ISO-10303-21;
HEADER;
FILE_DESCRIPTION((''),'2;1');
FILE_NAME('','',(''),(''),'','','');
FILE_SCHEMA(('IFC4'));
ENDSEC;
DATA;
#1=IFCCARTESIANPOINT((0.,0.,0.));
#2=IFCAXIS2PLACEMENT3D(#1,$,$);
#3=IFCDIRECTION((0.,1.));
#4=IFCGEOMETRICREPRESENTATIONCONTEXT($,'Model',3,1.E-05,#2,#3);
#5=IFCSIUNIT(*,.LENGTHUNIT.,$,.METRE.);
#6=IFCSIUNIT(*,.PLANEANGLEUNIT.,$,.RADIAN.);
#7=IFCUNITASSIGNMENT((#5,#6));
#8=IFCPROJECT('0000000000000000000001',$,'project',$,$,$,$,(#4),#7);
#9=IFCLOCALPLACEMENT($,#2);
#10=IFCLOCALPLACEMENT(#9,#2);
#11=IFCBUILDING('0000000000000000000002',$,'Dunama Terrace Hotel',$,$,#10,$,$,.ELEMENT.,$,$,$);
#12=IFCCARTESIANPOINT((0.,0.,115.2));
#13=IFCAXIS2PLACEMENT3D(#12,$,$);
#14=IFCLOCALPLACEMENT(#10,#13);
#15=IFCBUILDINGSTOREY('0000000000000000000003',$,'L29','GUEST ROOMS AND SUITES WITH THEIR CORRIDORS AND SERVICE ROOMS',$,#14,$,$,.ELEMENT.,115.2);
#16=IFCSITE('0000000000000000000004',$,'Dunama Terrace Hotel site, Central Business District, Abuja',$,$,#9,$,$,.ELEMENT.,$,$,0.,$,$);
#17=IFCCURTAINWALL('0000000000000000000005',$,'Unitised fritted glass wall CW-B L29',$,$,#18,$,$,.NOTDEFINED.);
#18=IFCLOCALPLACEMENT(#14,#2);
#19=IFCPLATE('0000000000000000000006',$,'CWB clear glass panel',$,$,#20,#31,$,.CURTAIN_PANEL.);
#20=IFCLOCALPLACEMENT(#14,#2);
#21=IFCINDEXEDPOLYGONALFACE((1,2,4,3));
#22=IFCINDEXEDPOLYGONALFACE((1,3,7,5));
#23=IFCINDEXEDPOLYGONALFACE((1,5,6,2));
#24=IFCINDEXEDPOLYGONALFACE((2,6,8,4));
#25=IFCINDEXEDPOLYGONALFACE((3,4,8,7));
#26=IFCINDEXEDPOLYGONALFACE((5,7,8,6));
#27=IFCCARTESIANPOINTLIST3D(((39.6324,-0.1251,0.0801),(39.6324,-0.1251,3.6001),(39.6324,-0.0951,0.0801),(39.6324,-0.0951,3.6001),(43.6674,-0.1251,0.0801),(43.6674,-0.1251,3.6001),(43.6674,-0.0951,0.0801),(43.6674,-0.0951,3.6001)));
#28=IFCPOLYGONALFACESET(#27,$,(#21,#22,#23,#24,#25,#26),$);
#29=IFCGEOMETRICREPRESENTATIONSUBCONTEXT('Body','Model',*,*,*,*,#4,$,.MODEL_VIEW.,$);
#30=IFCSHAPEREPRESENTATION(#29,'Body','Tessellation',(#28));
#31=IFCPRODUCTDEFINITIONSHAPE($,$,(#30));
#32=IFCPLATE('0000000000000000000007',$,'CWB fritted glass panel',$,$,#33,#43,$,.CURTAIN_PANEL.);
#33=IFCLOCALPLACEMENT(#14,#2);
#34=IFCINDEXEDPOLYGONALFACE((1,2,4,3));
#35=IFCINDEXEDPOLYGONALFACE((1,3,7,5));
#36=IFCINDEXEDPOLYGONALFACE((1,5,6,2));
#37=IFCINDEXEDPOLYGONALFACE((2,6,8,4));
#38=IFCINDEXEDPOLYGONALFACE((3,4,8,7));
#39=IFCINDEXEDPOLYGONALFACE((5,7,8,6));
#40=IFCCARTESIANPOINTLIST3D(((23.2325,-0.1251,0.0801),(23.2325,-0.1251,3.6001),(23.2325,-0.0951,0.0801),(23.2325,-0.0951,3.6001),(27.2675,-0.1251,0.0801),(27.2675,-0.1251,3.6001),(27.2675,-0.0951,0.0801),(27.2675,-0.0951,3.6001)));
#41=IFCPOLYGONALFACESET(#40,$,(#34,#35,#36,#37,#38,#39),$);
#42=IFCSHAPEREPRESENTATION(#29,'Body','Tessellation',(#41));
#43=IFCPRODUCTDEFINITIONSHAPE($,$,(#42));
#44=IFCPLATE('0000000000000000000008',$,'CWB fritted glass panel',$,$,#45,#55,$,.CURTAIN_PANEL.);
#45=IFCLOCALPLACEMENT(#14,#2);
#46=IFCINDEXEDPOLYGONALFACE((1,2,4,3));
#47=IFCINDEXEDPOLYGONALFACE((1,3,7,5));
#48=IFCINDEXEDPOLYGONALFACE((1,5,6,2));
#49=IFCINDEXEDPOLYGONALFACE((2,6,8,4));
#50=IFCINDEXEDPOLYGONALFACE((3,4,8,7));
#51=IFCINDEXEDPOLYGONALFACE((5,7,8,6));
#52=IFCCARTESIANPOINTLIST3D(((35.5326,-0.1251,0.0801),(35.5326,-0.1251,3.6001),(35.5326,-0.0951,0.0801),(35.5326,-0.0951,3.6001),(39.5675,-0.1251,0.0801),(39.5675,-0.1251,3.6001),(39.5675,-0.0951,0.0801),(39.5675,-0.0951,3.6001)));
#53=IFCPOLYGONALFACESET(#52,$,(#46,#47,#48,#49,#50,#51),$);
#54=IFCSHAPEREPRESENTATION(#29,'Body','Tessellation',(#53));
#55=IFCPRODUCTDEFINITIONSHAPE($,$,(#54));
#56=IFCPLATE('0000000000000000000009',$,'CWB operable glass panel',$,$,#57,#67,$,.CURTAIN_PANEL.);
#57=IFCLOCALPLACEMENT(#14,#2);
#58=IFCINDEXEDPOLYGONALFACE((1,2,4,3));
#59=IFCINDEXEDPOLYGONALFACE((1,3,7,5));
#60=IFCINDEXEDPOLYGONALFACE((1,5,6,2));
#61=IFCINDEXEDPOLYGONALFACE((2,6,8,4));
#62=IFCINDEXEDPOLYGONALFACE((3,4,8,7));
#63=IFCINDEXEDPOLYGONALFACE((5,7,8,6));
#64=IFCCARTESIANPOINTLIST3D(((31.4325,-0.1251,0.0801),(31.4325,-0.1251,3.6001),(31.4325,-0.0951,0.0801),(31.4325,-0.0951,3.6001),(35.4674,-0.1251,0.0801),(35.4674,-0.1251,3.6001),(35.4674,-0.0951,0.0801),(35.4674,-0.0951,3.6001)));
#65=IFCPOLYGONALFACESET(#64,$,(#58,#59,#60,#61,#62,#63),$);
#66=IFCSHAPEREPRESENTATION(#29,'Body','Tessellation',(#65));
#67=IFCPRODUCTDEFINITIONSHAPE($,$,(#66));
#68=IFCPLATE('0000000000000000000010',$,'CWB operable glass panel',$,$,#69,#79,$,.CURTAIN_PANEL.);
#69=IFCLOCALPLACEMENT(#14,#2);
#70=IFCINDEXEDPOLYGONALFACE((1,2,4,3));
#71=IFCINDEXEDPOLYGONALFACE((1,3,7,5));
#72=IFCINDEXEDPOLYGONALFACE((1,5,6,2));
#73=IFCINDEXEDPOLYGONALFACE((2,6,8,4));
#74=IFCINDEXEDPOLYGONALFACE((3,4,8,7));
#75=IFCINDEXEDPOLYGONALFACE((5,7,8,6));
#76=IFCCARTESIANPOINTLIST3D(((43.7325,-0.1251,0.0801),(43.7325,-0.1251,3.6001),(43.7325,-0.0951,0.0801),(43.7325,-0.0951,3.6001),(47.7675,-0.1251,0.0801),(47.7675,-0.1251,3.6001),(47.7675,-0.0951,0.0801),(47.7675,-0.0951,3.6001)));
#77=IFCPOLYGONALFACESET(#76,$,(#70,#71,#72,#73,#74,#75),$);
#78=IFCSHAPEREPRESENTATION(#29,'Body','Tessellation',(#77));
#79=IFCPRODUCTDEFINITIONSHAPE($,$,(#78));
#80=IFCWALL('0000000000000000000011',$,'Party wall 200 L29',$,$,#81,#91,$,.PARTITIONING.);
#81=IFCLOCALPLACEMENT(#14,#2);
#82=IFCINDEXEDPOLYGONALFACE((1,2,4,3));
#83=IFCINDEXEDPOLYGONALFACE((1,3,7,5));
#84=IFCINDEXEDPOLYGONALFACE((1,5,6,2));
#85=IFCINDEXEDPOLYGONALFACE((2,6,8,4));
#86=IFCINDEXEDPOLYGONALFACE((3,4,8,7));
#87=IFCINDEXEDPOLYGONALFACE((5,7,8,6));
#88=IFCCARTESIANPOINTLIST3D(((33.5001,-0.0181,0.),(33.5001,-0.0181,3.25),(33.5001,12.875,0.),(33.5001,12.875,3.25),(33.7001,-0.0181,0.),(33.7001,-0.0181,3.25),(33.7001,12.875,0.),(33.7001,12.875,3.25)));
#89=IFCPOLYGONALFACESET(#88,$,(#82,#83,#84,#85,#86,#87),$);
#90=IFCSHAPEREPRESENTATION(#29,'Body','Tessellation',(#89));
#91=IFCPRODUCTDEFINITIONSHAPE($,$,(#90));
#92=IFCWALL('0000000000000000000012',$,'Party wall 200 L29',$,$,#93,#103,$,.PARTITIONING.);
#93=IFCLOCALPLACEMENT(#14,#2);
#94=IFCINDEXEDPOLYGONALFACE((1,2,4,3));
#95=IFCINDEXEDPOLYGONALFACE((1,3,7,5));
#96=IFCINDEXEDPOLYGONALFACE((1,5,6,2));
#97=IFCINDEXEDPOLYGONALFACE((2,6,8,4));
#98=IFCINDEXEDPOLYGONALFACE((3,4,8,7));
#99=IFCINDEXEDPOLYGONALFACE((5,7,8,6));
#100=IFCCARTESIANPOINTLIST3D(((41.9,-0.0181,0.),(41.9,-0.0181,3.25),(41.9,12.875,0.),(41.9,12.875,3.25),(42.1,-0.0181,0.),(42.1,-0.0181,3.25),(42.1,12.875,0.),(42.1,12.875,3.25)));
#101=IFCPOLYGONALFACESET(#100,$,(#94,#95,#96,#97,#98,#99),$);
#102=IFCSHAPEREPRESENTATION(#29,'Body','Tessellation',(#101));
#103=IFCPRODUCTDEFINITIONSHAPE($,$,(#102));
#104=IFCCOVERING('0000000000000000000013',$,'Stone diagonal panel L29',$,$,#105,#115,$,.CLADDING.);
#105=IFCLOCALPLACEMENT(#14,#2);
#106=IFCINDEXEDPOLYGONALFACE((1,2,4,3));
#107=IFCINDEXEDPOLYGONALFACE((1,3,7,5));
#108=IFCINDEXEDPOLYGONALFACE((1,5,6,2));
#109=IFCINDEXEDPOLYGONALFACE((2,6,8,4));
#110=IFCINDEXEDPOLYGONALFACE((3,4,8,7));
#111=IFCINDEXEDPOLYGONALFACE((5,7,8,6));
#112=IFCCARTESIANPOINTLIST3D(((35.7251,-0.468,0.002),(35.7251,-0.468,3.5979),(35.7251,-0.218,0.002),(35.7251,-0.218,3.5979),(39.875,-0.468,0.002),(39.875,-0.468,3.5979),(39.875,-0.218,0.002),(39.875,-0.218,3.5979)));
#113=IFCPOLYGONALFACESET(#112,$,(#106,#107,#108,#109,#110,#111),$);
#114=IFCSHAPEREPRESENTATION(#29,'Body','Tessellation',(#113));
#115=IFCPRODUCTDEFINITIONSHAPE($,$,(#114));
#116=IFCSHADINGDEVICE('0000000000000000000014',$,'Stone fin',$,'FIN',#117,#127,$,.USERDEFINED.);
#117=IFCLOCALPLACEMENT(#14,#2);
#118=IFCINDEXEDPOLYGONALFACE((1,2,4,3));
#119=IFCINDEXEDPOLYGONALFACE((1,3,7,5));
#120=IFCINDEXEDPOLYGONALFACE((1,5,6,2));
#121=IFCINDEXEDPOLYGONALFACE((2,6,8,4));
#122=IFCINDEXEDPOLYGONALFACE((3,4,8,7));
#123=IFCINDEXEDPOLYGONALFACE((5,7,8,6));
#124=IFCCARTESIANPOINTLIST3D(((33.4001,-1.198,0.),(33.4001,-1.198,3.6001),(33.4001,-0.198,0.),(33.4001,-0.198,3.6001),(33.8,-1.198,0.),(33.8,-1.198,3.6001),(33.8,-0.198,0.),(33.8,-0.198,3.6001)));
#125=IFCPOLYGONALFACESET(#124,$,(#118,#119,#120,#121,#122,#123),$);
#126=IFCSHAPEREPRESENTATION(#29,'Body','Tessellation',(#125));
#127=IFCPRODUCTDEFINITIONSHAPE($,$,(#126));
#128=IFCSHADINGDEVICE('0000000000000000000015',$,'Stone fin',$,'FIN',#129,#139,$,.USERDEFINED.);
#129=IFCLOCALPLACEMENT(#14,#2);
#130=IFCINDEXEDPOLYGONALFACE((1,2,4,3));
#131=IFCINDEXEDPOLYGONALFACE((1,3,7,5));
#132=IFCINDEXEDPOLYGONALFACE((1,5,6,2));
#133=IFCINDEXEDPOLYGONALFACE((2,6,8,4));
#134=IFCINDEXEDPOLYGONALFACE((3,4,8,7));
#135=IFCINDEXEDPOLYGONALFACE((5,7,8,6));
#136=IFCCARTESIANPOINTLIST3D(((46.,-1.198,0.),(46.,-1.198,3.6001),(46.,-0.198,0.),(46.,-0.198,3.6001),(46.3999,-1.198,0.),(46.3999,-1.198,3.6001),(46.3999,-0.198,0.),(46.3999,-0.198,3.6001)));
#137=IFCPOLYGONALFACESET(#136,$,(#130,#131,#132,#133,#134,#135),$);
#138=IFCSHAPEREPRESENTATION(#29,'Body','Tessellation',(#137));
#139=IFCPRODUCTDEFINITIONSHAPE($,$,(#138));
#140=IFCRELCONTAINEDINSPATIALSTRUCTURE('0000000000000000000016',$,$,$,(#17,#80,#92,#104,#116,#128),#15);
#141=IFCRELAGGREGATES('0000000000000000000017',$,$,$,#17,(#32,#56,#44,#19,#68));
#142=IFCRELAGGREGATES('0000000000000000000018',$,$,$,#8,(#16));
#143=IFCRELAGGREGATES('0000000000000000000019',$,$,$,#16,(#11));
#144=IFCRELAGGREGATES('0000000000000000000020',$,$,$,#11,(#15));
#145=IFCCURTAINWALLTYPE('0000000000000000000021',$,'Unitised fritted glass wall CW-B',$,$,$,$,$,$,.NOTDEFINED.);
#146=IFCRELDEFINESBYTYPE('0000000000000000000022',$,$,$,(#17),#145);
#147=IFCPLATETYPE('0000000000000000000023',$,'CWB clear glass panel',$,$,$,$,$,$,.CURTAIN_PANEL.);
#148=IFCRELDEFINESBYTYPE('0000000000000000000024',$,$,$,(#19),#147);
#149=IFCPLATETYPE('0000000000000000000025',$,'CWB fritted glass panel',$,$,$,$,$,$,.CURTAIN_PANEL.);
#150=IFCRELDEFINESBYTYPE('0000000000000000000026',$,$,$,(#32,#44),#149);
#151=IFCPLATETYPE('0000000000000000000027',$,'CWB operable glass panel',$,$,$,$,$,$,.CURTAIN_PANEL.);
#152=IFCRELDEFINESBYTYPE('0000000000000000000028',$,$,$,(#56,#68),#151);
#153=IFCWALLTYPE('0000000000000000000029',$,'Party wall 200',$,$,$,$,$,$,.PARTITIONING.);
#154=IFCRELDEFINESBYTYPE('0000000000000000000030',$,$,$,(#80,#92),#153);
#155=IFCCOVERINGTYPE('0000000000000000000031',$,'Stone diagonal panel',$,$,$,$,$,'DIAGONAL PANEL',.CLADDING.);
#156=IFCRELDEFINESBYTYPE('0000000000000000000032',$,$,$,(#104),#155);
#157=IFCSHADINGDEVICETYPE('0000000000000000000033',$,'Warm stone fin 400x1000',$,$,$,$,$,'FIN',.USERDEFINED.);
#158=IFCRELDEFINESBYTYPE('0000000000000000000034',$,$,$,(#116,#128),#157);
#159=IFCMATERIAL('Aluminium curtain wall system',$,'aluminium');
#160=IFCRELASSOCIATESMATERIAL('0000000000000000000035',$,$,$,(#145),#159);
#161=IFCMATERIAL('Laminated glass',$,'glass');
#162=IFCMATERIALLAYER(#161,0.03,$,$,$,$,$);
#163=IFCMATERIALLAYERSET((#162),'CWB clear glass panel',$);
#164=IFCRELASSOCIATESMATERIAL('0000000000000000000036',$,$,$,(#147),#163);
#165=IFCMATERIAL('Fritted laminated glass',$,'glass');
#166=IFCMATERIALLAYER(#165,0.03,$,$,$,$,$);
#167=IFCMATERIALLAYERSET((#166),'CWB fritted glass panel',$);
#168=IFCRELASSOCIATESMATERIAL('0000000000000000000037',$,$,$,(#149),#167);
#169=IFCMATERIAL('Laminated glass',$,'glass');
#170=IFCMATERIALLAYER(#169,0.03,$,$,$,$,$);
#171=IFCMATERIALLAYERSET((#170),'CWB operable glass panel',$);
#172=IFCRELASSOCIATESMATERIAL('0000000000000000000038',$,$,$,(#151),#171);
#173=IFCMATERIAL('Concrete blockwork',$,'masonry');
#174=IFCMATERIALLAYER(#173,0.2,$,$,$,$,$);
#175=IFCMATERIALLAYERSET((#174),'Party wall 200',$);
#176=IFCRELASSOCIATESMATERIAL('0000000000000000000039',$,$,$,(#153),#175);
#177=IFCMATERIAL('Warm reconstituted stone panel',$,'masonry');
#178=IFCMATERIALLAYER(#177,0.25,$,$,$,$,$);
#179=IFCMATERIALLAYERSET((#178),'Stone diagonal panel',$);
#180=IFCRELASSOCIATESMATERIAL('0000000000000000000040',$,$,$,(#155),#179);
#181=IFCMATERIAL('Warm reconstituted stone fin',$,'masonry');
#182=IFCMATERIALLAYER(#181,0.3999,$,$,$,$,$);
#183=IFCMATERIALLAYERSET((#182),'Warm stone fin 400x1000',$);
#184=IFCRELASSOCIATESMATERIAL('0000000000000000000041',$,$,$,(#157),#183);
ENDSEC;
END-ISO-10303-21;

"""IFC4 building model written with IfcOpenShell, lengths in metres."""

from ifc_helpers import new_model, si_unit, direction, frame, frame_2d, origin, origin_2d, place, context, subcontext, project, spatial, rectangle, extrude, material, layer, layer_set, type_object, element, aggregate, save


model = new_model("IFC4")

# Units and contexts
model_context = context("Model", 3, precision=1e-05, world=origin(), true_north=direction((0.0, 1.0)))
body_context = subcontext(model_context, "Body", "Model", "MODEL_VIEW")
ifc_project = project(units=[si_unit("LENGTHUNIT", "METRE"), si_unit("PLANEANGLEUNIT", "RADIAN")], contexts=[model_context])

# Site, building, storey
site_placement = place(None, origin())
site = spatial("IfcSite", under=ifc_project, at=site_placement, Name="Dunama Terrace Hotel site, Central Business District, Abuja", CompositionType="ELEMENT", RefElevation=0.0)
building_placement = place(site_placement, origin())
building = spatial("IfcBuilding", under=site, at=building_placement, Name="Dunama Terrace Hotel", CompositionType="ELEMENT")
storey_placement = place(building_placement, frame((0.0, 0.0, 115.2)))
storey = spatial("IfcBuildingStorey", under=building, at=storey_placement, Name="L29", Description="GUEST ROOMS AND SUITES WITH THEIR CORRIDORS AND SERVICE ROOMS", CompositionType="ELEMENT", Elevation=115.2)

# Curtain wall
ifc_material_1 = material(Name="Aluminium curtain wall system", Category="aluminium")
curtain_wall_type = type_object("IfcCurtainWallType", Name="Unitised fritted glass wall CW-B", PredefinedType="NOTDEFINED", material=ifc_material_1)
curtain_wall_placement = place(storey_placement, origin())
curtain_wall = element("IfcCurtainWall", 1, at=curtain_wall_placement, inside=storey, type_object=curtain_wall_type, Name="Unitised fritted glass wall CW-B L29", PredefinedType="NOTDEFINED")

# Plates
ifc_material_2 = material(Name="Laminated glass", Category="glass")
ifc_layer_1 = layer(ifc_material_2, 0.03)
ifc_layer_set_1 = layer_set([ifc_layer_1], Name="CWB clear glass panel")
plate_type_1 = type_object("IfcPlateType", Name="CWB clear glass panel", PredefinedType="CURTAIN_PANEL", material=ifc_layer_set_1)
plate_1_placement = place(storey_placement, frame((41.6499, -0.1101, 0.0801), z_axis=(0.0, 0.0, 1.0), x_axis=(1.0, 0.0, 0.0)))
plate_1 = element("IfcPlate", 2, at=plate_1_placement, type_object=plate_type_1, Name="CWB clear glass panel", PredefinedType="CURTAIN_PANEL", context=body_context, shape_type="SweptSolid", body=[
    extrude(rectangle(XDim=4.0349, YDim=0.03, at=origin_2d()), origin(), (0.0, 0.0, 1.0), 3.52),
])
ifc_material_3 = material(Name="Fritted laminated glass", Category="glass")
ifc_layer_2 = layer(ifc_material_3, 0.03)
ifc_layer_set_2 = layer_set([ifc_layer_2], Name="CWB fritted glass panel")
plate_type_2 = type_object("IfcPlateType", Name="CWB fritted glass panel", PredefinedType="CURTAIN_PANEL", material=ifc_layer_set_2)
plate_2_placement = place(storey_placement, frame((25.25, -0.1101, 0.0801), z_axis=(0.0, 0.0, 1.0), x_axis=(1.0, 0.0, 0.0)))
plate_2 = element("IfcPlate", 3, at=plate_2_placement, type_object=plate_type_2, Name="CWB fritted glass panel", PredefinedType="CURTAIN_PANEL", context=body_context, shape_type="SweptSolid", body=[
    extrude(rectangle(XDim=4.0349, YDim=0.03, at=origin_2d()), origin(), (0.0, 0.0, 1.0), 3.52),
])
plate_3_placement = place(storey_placement, frame((37.55, -0.1101, 0.0801), z_axis=(0.0, 0.0, 1.0), x_axis=(1.0, 0.0, 0.0)))
plate_3 = element("IfcPlate", 4, at=plate_3_placement, type_object=plate_type_2, Name="CWB fritted glass panel", PredefinedType="CURTAIN_PANEL", context=body_context, shape_type="SweptSolid", body=[
    extrude(rectangle(XDim=4.0349, YDim=0.03, at=origin_2d()), origin(), (0.0, 0.0, 1.0), 3.52),
])
ifc_material_4 = material(Name="Laminated glass", Category="glass")
ifc_layer_3 = layer(ifc_material_4, 0.03)
ifc_layer_set_3 = layer_set([ifc_layer_3], Name="CWB operable glass panel")
plate_type_3 = type_object("IfcPlateType", Name="CWB operable glass panel", PredefinedType="CURTAIN_PANEL", material=ifc_layer_set_3)
plate_4_placement = place(storey_placement, frame((33.45, -0.1101, 0.0801), z_axis=(0.0, 0.0, 1.0), x_axis=(1.0, 0.0, 0.0)))
plate_4 = element("IfcPlate", 5, at=plate_4_placement, type_object=plate_type_3, Name="CWB operable glass panel", PredefinedType="CURTAIN_PANEL", context=body_context, shape_type="SweptSolid", body=[
    extrude(rectangle(XDim=4.0349, YDim=0.03, at=origin_2d()), origin(), (0.0, 0.0, 1.0), 3.52),
])
plate_5_placement = place(storey_placement, frame((45.75, -0.1101, 0.0801), z_axis=(0.0, 0.0, 1.0), x_axis=(1.0, 0.0, 0.0)))
plate_5 = element("IfcPlate", 6, at=plate_5_placement, type_object=plate_type_3, Name="CWB operable glass panel", PredefinedType="CURTAIN_PANEL", context=body_context, shape_type="SweptSolid", body=[
    extrude(rectangle(XDim=4.0349, YDim=0.03, at=origin_2d()), origin(), (0.0, 0.0, 1.0), 3.52),
])
aggregate(curtain_wall, [plate_2, plate_4, plate_3, plate_1, plate_5])

# Walls
ifc_material_5 = material(Name="Concrete blockwork", Category="masonry")
ifc_layer_4 = layer(ifc_material_5, 0.2)
ifc_layer_set_4 = layer_set([ifc_layer_4], Name="Party wall 200")
wall_type = type_object("IfcWallType", Name="Party wall 200", PredefinedType="PARTITIONING", material=ifc_layer_set_4)
for number, where, z_axis, x_axis, name in (
    (7, (33.6001, -0.0181, 0.0), (0.0, 0.0, 1.0), (0.0, 1.0, 0.0), "Party wall 200 L29"),
    (8, (42.0, -0.0181, 0.0), (0.0, 0.0, 1.0), (0.0, 1.0, 0.0), "Party wall 200 L29"),
):
    element("IfcWall", number, at=place(storey_placement, frame(where, z_axis=z_axis, x_axis=x_axis)), inside=storey, type_object=wall_type, Name=name, PredefinedType="PARTITIONING", context=body_context, shape_type="SweptSolid", body=[
        extrude(rectangle(XDim=12.8931, YDim=0.2, at=frame_2d((6.4465, 0.0))), origin(), (0.0, 0.0, 1.0), 3.25),
    ])

# Covering
ifc_material_6 = material(Name="Warm reconstituted stone panel", Category="masonry")
ifc_layer_5 = layer(ifc_material_6, 0.25)
ifc_layer_set_5 = layer_set([ifc_layer_5], Name="Stone diagonal panel")
covering_type = type_object("IfcCoveringType", Name="Stone diagonal panel", ElementType="DIAGONAL PANEL", PredefinedType="CLADDING", material=ifc_layer_set_5)
covering_placement = place(storey_placement, frame((37.8, -0.343, 0.002), z_axis=(0.0, 0.0, 1.0), x_axis=(1.0, 0.0, 0.0)))
element("IfcCovering", 9, at=covering_placement, inside=storey, type_object=covering_type, Name="Stone diagonal panel L29", PredefinedType="CLADDING", context=body_context, shape_type="SweptSolid", body=[
    extrude(rectangle(XDim=4.1499, YDim=0.25, at=origin_2d()), origin(), (0.0, 0.0, 1.0), 3.5959),
])

# Shading devices
ifc_material_7 = material(Name="Warm reconstituted stone fin", Category="masonry")
ifc_layer_6 = layer(ifc_material_7, 0.3999)
ifc_layer_set_6 = layer_set([ifc_layer_6], Name="Warm stone fin 400x1000")
shading_device_type = type_object("IfcShadingDeviceType", Name="Warm stone fin 400x1000", ElementType="FIN", PredefinedType="USERDEFINED", material=ifc_layer_set_6)
for number, where, z_axis, x_axis, name in (
    (10, (33.6001, -0.698, 0.0), (0.0, 0.0, 1.0), (1.0, 0.0, 0.0), "Stone fin"),
    (11, (46.2, -0.698, 0.0), (0.0, 0.0, 1.0), (1.0, 0.0, 0.0), "Stone fin"),
):
    element("IfcShadingDevice", number, at=place(storey_placement, frame(where, z_axis=z_axis, x_axis=x_axis)), inside=storey, type_object=shading_device_type, Name=name, ObjectType="FIN", PredefinedType="USERDEFINED", context=body_context, shape_type="SweptSolid", body=[
        extrude(rectangle(XDim=0.3999, YDim=1.0, at=origin_2d()), origin(), (0.0, 0.0, 1.0), 3.6001),
    ])

save(model, "model.ifc")
